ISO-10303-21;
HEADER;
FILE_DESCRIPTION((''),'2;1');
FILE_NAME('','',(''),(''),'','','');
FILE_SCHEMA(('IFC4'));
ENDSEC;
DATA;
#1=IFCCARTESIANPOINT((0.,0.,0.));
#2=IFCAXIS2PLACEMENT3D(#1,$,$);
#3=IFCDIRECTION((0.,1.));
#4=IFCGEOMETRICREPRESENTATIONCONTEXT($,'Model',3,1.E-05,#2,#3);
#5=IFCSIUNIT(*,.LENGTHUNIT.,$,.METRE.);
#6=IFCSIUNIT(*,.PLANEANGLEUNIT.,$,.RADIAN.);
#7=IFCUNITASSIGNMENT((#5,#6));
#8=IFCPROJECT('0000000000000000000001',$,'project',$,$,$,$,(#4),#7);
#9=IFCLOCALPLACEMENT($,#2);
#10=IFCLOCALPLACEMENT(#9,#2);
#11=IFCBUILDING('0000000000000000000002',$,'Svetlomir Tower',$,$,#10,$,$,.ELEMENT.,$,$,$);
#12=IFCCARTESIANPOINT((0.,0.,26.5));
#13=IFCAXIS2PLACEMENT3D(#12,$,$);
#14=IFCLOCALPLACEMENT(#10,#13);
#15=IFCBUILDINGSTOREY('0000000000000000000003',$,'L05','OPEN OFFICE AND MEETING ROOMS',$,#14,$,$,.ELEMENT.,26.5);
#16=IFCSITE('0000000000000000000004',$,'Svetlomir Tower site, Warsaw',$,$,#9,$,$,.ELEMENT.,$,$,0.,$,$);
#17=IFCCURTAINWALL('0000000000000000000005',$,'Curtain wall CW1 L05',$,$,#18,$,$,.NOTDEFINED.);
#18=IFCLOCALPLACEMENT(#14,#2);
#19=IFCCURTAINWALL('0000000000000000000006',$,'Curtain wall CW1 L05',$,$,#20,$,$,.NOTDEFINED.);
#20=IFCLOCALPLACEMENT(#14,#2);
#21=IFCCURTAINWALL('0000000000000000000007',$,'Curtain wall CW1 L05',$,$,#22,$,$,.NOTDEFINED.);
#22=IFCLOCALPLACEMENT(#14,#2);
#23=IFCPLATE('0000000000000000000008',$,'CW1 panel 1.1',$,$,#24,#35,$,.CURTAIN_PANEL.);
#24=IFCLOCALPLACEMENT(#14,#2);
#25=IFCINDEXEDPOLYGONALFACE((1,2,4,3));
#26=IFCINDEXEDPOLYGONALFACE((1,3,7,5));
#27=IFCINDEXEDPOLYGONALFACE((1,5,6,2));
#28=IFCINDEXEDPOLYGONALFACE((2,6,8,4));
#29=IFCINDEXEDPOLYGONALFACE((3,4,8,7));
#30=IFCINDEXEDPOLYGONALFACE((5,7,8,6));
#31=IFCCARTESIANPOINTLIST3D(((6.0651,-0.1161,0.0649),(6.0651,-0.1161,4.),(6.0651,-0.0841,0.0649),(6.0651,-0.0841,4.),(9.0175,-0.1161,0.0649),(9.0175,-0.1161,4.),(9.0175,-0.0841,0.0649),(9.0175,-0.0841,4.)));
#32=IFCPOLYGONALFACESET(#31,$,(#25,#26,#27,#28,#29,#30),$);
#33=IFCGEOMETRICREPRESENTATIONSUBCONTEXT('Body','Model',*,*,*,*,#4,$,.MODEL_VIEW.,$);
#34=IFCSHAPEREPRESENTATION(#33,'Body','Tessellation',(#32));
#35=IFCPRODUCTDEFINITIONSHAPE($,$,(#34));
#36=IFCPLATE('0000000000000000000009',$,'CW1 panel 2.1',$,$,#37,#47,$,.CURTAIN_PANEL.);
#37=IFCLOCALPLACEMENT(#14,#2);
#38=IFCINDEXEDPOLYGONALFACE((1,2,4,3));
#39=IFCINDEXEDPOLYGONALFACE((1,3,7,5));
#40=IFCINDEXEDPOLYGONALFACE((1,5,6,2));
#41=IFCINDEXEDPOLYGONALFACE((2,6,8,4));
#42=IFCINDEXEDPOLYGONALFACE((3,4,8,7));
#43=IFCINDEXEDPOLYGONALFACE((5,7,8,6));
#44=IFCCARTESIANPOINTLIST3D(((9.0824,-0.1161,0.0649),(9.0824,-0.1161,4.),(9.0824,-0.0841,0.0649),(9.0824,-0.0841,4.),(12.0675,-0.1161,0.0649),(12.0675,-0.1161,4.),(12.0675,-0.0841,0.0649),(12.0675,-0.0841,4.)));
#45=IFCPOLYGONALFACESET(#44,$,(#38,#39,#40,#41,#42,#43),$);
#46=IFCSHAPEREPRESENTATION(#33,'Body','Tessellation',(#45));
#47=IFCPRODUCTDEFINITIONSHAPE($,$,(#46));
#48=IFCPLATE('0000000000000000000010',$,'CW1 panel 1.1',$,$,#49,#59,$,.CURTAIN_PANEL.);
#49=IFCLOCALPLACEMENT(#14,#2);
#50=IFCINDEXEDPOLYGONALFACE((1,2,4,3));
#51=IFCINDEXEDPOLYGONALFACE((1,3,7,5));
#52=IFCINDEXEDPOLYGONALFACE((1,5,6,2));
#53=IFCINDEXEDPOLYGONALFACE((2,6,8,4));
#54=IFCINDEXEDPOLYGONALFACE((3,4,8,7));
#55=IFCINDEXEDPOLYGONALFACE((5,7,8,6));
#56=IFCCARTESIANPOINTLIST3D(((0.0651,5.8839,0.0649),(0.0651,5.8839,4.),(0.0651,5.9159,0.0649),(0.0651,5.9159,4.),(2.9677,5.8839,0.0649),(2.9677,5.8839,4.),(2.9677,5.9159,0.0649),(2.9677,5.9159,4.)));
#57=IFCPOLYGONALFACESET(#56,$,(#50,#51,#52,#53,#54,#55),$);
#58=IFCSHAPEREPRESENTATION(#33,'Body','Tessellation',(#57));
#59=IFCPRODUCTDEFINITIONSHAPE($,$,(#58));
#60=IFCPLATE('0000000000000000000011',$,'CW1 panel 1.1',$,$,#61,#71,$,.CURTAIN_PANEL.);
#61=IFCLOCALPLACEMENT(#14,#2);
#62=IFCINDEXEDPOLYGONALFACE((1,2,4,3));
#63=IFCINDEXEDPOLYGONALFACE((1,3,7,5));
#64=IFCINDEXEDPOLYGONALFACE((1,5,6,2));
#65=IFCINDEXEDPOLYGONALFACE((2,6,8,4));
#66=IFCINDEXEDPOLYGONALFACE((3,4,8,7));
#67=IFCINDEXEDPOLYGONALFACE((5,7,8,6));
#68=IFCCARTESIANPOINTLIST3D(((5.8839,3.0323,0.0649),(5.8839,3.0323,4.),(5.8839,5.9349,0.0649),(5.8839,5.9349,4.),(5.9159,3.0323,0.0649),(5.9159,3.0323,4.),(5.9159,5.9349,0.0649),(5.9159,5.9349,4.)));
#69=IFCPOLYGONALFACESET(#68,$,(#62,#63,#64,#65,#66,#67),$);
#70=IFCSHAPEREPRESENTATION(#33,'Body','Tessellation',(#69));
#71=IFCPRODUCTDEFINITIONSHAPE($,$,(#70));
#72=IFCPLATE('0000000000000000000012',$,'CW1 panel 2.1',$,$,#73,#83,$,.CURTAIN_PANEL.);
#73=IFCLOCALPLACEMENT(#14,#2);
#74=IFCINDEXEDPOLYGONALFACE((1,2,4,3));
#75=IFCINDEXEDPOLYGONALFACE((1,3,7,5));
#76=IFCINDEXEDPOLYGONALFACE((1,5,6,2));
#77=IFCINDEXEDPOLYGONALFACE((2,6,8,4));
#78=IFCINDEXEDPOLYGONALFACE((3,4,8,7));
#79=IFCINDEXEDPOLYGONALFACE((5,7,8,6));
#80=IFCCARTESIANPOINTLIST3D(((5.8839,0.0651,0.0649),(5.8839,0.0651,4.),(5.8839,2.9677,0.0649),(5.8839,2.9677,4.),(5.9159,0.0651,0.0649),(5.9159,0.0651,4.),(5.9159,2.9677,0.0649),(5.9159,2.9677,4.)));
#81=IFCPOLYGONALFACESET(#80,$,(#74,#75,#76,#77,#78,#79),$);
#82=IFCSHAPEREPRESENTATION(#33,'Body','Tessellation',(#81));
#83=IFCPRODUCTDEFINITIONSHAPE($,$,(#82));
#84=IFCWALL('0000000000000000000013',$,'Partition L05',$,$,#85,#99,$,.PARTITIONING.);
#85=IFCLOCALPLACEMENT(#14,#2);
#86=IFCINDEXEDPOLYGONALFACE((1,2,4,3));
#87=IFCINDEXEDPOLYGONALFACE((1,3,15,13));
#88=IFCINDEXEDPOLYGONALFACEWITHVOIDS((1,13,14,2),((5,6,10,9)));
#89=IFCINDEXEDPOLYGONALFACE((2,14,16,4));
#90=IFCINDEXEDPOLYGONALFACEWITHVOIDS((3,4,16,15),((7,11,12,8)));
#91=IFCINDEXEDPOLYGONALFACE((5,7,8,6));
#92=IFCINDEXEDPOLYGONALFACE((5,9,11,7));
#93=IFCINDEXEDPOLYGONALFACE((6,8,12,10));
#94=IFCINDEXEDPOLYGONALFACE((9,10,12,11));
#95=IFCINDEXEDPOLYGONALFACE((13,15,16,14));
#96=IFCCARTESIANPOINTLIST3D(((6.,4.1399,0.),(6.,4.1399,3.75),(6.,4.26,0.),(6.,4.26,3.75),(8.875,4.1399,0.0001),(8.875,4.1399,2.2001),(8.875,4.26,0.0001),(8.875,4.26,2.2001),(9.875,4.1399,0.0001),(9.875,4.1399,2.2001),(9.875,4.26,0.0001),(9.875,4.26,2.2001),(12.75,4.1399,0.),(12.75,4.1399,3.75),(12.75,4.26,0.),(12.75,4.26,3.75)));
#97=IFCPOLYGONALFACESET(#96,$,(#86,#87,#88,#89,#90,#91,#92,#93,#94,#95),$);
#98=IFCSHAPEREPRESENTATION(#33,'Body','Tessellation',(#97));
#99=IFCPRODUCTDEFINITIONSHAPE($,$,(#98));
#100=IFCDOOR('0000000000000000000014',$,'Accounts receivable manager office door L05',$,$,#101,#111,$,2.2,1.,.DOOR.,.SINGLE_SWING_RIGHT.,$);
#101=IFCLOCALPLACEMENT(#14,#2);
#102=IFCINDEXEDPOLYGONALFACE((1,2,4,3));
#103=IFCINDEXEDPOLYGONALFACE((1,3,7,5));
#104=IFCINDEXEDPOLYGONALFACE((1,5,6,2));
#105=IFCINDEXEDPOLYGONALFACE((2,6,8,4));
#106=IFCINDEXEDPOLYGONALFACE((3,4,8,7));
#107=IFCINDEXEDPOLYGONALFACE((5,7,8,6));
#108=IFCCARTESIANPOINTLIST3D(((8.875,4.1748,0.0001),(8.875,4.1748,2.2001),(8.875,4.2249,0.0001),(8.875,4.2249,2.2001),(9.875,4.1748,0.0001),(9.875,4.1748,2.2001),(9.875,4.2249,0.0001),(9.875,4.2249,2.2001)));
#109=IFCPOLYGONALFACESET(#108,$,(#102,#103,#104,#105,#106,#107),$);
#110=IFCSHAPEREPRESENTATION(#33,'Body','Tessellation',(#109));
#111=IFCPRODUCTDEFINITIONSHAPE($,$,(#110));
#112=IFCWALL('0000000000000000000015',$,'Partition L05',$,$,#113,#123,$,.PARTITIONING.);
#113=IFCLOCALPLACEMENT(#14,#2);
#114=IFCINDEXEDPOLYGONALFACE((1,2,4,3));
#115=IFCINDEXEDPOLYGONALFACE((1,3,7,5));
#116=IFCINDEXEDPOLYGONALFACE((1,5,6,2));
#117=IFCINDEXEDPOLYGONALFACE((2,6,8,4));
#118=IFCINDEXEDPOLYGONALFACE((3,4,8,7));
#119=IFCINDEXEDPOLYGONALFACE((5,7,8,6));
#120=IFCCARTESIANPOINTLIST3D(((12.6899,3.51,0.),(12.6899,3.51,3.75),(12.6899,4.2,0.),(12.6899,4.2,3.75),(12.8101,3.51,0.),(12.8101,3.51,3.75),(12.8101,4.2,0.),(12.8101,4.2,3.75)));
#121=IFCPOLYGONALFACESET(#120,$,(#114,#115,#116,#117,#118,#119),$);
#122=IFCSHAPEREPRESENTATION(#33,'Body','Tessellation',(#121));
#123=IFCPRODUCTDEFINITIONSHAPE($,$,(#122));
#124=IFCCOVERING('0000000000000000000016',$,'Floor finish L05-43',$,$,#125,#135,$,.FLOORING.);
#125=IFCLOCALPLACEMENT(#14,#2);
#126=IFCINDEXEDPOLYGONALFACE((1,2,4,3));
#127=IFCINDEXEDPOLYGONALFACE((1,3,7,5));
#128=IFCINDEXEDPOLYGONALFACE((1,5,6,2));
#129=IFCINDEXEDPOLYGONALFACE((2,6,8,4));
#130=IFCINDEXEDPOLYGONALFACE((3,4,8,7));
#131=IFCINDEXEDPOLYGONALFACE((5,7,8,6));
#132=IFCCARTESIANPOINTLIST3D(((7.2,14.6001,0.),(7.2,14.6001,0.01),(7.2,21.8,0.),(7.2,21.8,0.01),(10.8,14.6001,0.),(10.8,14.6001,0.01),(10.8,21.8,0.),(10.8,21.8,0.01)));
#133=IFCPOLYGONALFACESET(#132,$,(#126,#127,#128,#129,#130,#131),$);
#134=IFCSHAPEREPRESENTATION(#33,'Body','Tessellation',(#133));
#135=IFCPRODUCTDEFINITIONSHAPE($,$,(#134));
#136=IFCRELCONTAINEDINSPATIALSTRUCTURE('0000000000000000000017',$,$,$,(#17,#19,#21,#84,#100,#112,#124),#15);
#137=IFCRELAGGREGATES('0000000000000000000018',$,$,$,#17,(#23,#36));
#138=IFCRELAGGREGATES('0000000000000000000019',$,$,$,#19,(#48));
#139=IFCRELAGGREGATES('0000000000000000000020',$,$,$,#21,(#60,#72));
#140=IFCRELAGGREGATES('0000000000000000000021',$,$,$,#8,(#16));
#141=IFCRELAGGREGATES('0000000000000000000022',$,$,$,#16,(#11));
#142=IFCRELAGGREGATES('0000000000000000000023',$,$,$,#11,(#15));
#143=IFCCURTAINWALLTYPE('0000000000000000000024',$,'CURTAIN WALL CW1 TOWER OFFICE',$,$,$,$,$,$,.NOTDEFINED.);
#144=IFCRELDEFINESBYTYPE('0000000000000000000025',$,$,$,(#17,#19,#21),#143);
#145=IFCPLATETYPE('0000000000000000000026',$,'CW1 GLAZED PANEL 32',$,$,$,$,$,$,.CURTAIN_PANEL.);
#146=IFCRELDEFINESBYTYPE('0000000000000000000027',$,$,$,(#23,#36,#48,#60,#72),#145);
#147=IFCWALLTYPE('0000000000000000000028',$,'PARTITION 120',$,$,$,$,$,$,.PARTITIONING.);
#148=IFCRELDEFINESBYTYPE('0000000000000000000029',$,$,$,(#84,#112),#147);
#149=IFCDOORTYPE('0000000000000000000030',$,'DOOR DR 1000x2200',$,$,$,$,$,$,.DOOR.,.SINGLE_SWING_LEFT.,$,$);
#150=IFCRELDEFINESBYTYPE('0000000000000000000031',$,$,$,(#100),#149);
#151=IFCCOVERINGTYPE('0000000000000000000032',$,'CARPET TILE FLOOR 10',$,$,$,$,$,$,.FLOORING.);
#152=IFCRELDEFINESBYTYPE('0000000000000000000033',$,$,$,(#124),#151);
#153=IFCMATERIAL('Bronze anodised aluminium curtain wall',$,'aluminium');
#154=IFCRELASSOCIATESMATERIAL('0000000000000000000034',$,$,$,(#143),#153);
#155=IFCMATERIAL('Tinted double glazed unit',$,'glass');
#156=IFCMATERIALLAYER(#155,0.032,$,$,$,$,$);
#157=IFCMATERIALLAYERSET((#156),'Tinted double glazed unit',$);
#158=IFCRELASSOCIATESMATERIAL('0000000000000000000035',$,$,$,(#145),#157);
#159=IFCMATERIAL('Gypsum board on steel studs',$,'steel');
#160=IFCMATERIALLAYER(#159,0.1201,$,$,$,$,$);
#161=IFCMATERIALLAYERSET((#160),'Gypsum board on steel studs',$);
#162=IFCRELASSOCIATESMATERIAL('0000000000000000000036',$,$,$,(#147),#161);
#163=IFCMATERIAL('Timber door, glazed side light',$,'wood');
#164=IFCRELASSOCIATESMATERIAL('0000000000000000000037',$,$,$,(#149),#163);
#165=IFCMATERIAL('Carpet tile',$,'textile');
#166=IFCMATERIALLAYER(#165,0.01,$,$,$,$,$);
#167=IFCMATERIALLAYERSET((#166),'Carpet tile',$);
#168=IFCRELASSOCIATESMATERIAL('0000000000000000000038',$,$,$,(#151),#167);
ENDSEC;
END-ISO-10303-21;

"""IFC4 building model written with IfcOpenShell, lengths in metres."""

from ifc_helpers import new_model, si_unit, direction, frame, frame_2d, origin, origin_2d, place, context, subcontext, project, spatial, polyline, rectangle, outline, extrude, material, layer, layer_set, type_object, element, fill, aggregate, save


model = new_model("IFC4")

# Units and contexts
model_context = context("Model", 3, precision=1e-05, world=origin(), true_north=direction((0.0, 1.0)))
body_context = subcontext(model_context, "Body", "Model", "MODEL_VIEW")
ifc_project = project(units=[si_unit("LENGTHUNIT", "METRE"), si_unit("PLANEANGLEUNIT", "RADIAN")], contexts=[model_context])

# Site, building, storey
site_placement = place(None, origin())
site = spatial("IfcSite", under=ifc_project, at=site_placement, Name="Svetlomir Tower site, Warsaw", CompositionType="ELEMENT", RefElevation=0.0)
building_placement = place(site_placement, origin())
building = spatial("IfcBuilding", under=site, at=building_placement, Name="Svetlomir Tower", CompositionType="ELEMENT")
storey_placement = place(building_placement, frame((0.0, 0.0, 26.5)))
storey = spatial("IfcBuildingStorey", under=building, at=storey_placement, Name="L05", Description="OPEN OFFICE AND MEETING ROOMS", CompositionType="ELEMENT", Elevation=26.5)

# Curtain walls
ifc_material_1 = material(Name="Bronze anodised aluminium curtain wall", Category="aluminium")
curtain_wall_type = type_object("IfcCurtainWallType", Name="CURTAIN WALL CW1 TOWER OFFICE", PredefinedType="NOTDEFINED", material=ifc_material_1)
curtain_wall_1_placement = place(storey_placement, origin())
curtain_wall_1 = element("IfcCurtainWall", 1, at=curtain_wall_1_placement, inside=storey, type_object=curtain_wall_type, Name="Curtain wall CW1 L05", PredefinedType="NOTDEFINED")
curtain_wall_2_placement = place(storey_placement, origin())
curtain_wall_2 = element("IfcCurtainWall", 2, at=curtain_wall_2_placement, inside=storey, type_object=curtain_wall_type, Name="Curtain wall CW1 L05", PredefinedType="NOTDEFINED")
curtain_wall_3_placement = place(storey_placement, origin())
curtain_wall_3 = element("IfcCurtainWall", 3, at=curtain_wall_3_placement, inside=storey, type_object=curtain_wall_type, Name="Curtain wall CW1 L05", PredefinedType="NOTDEFINED")

# Plates
ifc_material_2 = material(Name="Tinted double glazed unit", Category="glass")
ifc_layer_1 = layer(ifc_material_2, 0.032)
ifc_layer_set_1 = layer_set([ifc_layer_1], Name="Tinted double glazed unit")
plate_type = type_object("IfcPlateType", Name="CW1 GLAZED PANEL 32", PredefinedType="CURTAIN_PANEL", material=ifc_layer_set_1)
plate_1_placement = place(storey_placement, frame((7.5413, -0.1001, 0.0649), z_axis=(0.0, 0.0, 1.0), x_axis=(1.0, 0.0, 0.0)))
plate_1 = element("IfcPlate", 4, at=plate_1_placement, type_object=plate_type, Name="CW1 panel 1.1", PredefinedType="CURTAIN_PANEL", context=body_context, shape_type="SweptSolid", body=[
    extrude(rectangle(XDim=2.9524, YDim=0.032, at=origin_2d()), origin(), (0.0, 0.0, 1.0), 3.9351),
])
plate_2_placement = place(storey_placement, frame((10.575, -0.1001, 0.0649), z_axis=(0.0, 0.0, 1.0), x_axis=(1.0, 0.0, 0.0)))
plate_2 = element("IfcPlate", 5, at=plate_2_placement, type_object=plate_type, Name="CW1 panel 2.1", PredefinedType="CURTAIN_PANEL", context=body_context, shape_type="SweptSolid", body=[
    extrude(rectangle(XDim=2.9851, YDim=0.032, at=origin_2d()), origin(), (0.0, 0.0, 1.0), 3.9351),
])
aggregate(curtain_wall_1, [plate_1, plate_2])
plate_3_placement = place(storey_placement, frame((1.5164, 5.8999, 0.0649), z_axis=(0.0, 0.0, 1.0), x_axis=(1.0, 0.0, 0.0)))
plate_3 = element("IfcPlate", 6, at=plate_3_placement, type_object=plate_type, Name="CW1 panel 1.1", PredefinedType="CURTAIN_PANEL", context=body_context, shape_type="SweptSolid", body=[
    extrude(rectangle(XDim=2.9026, YDim=0.032, at=origin_2d()), origin(), (0.0, 0.0, 1.0), 3.9351),
])
aggregate(curtain_wall_2, [plate_3])
plate_4_placement = place(storey_placement, frame((5.8999, 4.4836, 0.0649), z_axis=(0.0, 0.0, 1.0), x_axis=(0.0, -1.0, 0.0)))
plate_4 = element("IfcPlate", 7, at=plate_4_placement, type_object=plate_type, Name="CW1 panel 1.1", PredefinedType="CURTAIN_PANEL", context=body_context, shape_type="SweptSolid", body=[
    extrude(rectangle(XDim=2.9026, YDim=0.032, at=origin_2d()), origin(), (0.0, 0.0, 1.0), 3.9351),
])
plate_5_placement = place(storey_placement, frame((5.8999, 1.5164, 0.0649), z_axis=(0.0, 0.0, 1.0), x_axis=(0.0, -1.0, 0.0)))
plate_5 = element("IfcPlate", 8, at=plate_5_placement, type_object=plate_type, Name="CW1 panel 2.1", PredefinedType="CURTAIN_PANEL", context=body_context, shape_type="SweptSolid", body=[
    extrude(rectangle(XDim=2.9026, YDim=0.032, at=origin_2d()), origin(), (0.0, 0.0, 1.0), 3.9351),
])
aggregate(curtain_wall_3, [plate_4, plate_5])

# Wall, opening, door
ifc_material_3 = material(Name="Gypsum board on steel studs", Category="steel")
ifc_layer_2 = layer(ifc_material_3, 0.1201)
ifc_layer_set_2 = layer_set([ifc_layer_2], Name="Gypsum board on steel studs")
wall_type = type_object("IfcWallType", Name="PARTITION 120", PredefinedType="PARTITIONING", material=ifc_layer_set_2)
wall_1_placement = place(storey_placement, frame((6.0, 4.2, 0.0), z_axis=(0.0, 0.0, 1.0), x_axis=(1.0, 0.0, 0.0)))
wall_1 = element("IfcWall", 9, at=wall_1_placement, inside=storey, type_object=wall_type, Name="Partition L05", PredefinedType="PARTITIONING", context=body_context, shape_type="SweptSolid", body=[
    extrude(rectangle(XDim=6.75, YDim=0.1201, at=frame_2d((3.375, 0.0))), origin(), (0.0, 0.0, 1.0), 3.75),
])
opening_placement = place(wall_1_placement, frame((2.875, 0.0, 0.0)))
opening = element("IfcOpeningElement", 10, at=opening_placement, cuts=wall_1, PredefinedType="OPENING", context=body_context, shape_type="SweptSolid", body=[
    extrude(rectangle(XDim=1.0, YDim=2.2, at=frame_2d((0.5, 1.1001))), frame((0.0, 0.0701, 0.0), z_axis=(0.0, -1.0, 0.0), x_axis=(1.0, 0.0, 0.0)), (0.0, 0.0, 1.0), 0.1401),
])
ifc_material_4 = material(Name="Timber door, glazed side light", Category="wood")
door_type = type_object("IfcDoorType", Name="DOOR DR 1000x2200", OperationType="SINGLE_SWING_LEFT", PredefinedType="DOOR", material=ifc_material_4)
door_placement = place(opening_placement, origin())
door = element("IfcDoor", 11, at=door_placement, inside=storey, type_object=door_type, Name="Accounts receivable manager office door L05", OperationType="SINGLE_SWING_RIGHT", OverallHeight=2.2, OverallWidth=1.0, PredefinedType="DOOR", context=body_context, shape_type="SweptSolid", body=[
    extrude(rectangle(XDim=1.0, YDim=2.2, at=frame_2d((0.5, 1.1001))), frame((0.0, 0.0249, 0.0), z_axis=(0.0, -1.0, 0.0), x_axis=(1.0, 0.0, 0.0)), (0.0, 0.0, 1.0), 0.05),
])
fill(opening, door)

# Wall
wall_2_placement = place(storey_placement, frame((12.75, 3.51, 0.0), z_axis=(0.0, 0.0, 1.0), x_axis=(0.0, 1.0, 0.0)))
element("IfcWall", 12, at=wall_2_placement, inside=storey, type_object=wall_type, Name="Partition L05", PredefinedType="PARTITIONING", context=body_context, shape_type="SweptSolid", body=[
    extrude(rectangle(XDim=0.6899, YDim=0.1201, at=frame_2d((0.345, 0.0))), origin(), (0.0, 0.0, 1.0), 3.75),
])

# Covering
ifc_material_5 = material(Name="Carpet tile", Category="textile")
ifc_layer_3 = layer(ifc_material_5, 0.01)
ifc_layer_set_3 = layer_set([ifc_layer_3], Name="Carpet tile")
covering_type = type_object("IfcCoveringType", Name="CARPET TILE FLOOR 10", PredefinedType="FLOORING", material=ifc_layer_set_3)
covering_placement = place(storey_placement, origin())
element("IfcCovering", 13, at=covering_placement, inside=storey, type_object=covering_type, Name="Floor finish L05-43", PredefinedType="FLOORING", context=body_context, shape_type="SweptSolid", body=[
    extrude(outline(polyline([(7.2, 14.6001), (7.2, 21.8), (10.8, 21.8), (10.8, 14.6001), (7.2, 14.6001)])), origin(), (0.0, 0.0, 1.0), 0.01),
])

save(model, "model.ifc")
